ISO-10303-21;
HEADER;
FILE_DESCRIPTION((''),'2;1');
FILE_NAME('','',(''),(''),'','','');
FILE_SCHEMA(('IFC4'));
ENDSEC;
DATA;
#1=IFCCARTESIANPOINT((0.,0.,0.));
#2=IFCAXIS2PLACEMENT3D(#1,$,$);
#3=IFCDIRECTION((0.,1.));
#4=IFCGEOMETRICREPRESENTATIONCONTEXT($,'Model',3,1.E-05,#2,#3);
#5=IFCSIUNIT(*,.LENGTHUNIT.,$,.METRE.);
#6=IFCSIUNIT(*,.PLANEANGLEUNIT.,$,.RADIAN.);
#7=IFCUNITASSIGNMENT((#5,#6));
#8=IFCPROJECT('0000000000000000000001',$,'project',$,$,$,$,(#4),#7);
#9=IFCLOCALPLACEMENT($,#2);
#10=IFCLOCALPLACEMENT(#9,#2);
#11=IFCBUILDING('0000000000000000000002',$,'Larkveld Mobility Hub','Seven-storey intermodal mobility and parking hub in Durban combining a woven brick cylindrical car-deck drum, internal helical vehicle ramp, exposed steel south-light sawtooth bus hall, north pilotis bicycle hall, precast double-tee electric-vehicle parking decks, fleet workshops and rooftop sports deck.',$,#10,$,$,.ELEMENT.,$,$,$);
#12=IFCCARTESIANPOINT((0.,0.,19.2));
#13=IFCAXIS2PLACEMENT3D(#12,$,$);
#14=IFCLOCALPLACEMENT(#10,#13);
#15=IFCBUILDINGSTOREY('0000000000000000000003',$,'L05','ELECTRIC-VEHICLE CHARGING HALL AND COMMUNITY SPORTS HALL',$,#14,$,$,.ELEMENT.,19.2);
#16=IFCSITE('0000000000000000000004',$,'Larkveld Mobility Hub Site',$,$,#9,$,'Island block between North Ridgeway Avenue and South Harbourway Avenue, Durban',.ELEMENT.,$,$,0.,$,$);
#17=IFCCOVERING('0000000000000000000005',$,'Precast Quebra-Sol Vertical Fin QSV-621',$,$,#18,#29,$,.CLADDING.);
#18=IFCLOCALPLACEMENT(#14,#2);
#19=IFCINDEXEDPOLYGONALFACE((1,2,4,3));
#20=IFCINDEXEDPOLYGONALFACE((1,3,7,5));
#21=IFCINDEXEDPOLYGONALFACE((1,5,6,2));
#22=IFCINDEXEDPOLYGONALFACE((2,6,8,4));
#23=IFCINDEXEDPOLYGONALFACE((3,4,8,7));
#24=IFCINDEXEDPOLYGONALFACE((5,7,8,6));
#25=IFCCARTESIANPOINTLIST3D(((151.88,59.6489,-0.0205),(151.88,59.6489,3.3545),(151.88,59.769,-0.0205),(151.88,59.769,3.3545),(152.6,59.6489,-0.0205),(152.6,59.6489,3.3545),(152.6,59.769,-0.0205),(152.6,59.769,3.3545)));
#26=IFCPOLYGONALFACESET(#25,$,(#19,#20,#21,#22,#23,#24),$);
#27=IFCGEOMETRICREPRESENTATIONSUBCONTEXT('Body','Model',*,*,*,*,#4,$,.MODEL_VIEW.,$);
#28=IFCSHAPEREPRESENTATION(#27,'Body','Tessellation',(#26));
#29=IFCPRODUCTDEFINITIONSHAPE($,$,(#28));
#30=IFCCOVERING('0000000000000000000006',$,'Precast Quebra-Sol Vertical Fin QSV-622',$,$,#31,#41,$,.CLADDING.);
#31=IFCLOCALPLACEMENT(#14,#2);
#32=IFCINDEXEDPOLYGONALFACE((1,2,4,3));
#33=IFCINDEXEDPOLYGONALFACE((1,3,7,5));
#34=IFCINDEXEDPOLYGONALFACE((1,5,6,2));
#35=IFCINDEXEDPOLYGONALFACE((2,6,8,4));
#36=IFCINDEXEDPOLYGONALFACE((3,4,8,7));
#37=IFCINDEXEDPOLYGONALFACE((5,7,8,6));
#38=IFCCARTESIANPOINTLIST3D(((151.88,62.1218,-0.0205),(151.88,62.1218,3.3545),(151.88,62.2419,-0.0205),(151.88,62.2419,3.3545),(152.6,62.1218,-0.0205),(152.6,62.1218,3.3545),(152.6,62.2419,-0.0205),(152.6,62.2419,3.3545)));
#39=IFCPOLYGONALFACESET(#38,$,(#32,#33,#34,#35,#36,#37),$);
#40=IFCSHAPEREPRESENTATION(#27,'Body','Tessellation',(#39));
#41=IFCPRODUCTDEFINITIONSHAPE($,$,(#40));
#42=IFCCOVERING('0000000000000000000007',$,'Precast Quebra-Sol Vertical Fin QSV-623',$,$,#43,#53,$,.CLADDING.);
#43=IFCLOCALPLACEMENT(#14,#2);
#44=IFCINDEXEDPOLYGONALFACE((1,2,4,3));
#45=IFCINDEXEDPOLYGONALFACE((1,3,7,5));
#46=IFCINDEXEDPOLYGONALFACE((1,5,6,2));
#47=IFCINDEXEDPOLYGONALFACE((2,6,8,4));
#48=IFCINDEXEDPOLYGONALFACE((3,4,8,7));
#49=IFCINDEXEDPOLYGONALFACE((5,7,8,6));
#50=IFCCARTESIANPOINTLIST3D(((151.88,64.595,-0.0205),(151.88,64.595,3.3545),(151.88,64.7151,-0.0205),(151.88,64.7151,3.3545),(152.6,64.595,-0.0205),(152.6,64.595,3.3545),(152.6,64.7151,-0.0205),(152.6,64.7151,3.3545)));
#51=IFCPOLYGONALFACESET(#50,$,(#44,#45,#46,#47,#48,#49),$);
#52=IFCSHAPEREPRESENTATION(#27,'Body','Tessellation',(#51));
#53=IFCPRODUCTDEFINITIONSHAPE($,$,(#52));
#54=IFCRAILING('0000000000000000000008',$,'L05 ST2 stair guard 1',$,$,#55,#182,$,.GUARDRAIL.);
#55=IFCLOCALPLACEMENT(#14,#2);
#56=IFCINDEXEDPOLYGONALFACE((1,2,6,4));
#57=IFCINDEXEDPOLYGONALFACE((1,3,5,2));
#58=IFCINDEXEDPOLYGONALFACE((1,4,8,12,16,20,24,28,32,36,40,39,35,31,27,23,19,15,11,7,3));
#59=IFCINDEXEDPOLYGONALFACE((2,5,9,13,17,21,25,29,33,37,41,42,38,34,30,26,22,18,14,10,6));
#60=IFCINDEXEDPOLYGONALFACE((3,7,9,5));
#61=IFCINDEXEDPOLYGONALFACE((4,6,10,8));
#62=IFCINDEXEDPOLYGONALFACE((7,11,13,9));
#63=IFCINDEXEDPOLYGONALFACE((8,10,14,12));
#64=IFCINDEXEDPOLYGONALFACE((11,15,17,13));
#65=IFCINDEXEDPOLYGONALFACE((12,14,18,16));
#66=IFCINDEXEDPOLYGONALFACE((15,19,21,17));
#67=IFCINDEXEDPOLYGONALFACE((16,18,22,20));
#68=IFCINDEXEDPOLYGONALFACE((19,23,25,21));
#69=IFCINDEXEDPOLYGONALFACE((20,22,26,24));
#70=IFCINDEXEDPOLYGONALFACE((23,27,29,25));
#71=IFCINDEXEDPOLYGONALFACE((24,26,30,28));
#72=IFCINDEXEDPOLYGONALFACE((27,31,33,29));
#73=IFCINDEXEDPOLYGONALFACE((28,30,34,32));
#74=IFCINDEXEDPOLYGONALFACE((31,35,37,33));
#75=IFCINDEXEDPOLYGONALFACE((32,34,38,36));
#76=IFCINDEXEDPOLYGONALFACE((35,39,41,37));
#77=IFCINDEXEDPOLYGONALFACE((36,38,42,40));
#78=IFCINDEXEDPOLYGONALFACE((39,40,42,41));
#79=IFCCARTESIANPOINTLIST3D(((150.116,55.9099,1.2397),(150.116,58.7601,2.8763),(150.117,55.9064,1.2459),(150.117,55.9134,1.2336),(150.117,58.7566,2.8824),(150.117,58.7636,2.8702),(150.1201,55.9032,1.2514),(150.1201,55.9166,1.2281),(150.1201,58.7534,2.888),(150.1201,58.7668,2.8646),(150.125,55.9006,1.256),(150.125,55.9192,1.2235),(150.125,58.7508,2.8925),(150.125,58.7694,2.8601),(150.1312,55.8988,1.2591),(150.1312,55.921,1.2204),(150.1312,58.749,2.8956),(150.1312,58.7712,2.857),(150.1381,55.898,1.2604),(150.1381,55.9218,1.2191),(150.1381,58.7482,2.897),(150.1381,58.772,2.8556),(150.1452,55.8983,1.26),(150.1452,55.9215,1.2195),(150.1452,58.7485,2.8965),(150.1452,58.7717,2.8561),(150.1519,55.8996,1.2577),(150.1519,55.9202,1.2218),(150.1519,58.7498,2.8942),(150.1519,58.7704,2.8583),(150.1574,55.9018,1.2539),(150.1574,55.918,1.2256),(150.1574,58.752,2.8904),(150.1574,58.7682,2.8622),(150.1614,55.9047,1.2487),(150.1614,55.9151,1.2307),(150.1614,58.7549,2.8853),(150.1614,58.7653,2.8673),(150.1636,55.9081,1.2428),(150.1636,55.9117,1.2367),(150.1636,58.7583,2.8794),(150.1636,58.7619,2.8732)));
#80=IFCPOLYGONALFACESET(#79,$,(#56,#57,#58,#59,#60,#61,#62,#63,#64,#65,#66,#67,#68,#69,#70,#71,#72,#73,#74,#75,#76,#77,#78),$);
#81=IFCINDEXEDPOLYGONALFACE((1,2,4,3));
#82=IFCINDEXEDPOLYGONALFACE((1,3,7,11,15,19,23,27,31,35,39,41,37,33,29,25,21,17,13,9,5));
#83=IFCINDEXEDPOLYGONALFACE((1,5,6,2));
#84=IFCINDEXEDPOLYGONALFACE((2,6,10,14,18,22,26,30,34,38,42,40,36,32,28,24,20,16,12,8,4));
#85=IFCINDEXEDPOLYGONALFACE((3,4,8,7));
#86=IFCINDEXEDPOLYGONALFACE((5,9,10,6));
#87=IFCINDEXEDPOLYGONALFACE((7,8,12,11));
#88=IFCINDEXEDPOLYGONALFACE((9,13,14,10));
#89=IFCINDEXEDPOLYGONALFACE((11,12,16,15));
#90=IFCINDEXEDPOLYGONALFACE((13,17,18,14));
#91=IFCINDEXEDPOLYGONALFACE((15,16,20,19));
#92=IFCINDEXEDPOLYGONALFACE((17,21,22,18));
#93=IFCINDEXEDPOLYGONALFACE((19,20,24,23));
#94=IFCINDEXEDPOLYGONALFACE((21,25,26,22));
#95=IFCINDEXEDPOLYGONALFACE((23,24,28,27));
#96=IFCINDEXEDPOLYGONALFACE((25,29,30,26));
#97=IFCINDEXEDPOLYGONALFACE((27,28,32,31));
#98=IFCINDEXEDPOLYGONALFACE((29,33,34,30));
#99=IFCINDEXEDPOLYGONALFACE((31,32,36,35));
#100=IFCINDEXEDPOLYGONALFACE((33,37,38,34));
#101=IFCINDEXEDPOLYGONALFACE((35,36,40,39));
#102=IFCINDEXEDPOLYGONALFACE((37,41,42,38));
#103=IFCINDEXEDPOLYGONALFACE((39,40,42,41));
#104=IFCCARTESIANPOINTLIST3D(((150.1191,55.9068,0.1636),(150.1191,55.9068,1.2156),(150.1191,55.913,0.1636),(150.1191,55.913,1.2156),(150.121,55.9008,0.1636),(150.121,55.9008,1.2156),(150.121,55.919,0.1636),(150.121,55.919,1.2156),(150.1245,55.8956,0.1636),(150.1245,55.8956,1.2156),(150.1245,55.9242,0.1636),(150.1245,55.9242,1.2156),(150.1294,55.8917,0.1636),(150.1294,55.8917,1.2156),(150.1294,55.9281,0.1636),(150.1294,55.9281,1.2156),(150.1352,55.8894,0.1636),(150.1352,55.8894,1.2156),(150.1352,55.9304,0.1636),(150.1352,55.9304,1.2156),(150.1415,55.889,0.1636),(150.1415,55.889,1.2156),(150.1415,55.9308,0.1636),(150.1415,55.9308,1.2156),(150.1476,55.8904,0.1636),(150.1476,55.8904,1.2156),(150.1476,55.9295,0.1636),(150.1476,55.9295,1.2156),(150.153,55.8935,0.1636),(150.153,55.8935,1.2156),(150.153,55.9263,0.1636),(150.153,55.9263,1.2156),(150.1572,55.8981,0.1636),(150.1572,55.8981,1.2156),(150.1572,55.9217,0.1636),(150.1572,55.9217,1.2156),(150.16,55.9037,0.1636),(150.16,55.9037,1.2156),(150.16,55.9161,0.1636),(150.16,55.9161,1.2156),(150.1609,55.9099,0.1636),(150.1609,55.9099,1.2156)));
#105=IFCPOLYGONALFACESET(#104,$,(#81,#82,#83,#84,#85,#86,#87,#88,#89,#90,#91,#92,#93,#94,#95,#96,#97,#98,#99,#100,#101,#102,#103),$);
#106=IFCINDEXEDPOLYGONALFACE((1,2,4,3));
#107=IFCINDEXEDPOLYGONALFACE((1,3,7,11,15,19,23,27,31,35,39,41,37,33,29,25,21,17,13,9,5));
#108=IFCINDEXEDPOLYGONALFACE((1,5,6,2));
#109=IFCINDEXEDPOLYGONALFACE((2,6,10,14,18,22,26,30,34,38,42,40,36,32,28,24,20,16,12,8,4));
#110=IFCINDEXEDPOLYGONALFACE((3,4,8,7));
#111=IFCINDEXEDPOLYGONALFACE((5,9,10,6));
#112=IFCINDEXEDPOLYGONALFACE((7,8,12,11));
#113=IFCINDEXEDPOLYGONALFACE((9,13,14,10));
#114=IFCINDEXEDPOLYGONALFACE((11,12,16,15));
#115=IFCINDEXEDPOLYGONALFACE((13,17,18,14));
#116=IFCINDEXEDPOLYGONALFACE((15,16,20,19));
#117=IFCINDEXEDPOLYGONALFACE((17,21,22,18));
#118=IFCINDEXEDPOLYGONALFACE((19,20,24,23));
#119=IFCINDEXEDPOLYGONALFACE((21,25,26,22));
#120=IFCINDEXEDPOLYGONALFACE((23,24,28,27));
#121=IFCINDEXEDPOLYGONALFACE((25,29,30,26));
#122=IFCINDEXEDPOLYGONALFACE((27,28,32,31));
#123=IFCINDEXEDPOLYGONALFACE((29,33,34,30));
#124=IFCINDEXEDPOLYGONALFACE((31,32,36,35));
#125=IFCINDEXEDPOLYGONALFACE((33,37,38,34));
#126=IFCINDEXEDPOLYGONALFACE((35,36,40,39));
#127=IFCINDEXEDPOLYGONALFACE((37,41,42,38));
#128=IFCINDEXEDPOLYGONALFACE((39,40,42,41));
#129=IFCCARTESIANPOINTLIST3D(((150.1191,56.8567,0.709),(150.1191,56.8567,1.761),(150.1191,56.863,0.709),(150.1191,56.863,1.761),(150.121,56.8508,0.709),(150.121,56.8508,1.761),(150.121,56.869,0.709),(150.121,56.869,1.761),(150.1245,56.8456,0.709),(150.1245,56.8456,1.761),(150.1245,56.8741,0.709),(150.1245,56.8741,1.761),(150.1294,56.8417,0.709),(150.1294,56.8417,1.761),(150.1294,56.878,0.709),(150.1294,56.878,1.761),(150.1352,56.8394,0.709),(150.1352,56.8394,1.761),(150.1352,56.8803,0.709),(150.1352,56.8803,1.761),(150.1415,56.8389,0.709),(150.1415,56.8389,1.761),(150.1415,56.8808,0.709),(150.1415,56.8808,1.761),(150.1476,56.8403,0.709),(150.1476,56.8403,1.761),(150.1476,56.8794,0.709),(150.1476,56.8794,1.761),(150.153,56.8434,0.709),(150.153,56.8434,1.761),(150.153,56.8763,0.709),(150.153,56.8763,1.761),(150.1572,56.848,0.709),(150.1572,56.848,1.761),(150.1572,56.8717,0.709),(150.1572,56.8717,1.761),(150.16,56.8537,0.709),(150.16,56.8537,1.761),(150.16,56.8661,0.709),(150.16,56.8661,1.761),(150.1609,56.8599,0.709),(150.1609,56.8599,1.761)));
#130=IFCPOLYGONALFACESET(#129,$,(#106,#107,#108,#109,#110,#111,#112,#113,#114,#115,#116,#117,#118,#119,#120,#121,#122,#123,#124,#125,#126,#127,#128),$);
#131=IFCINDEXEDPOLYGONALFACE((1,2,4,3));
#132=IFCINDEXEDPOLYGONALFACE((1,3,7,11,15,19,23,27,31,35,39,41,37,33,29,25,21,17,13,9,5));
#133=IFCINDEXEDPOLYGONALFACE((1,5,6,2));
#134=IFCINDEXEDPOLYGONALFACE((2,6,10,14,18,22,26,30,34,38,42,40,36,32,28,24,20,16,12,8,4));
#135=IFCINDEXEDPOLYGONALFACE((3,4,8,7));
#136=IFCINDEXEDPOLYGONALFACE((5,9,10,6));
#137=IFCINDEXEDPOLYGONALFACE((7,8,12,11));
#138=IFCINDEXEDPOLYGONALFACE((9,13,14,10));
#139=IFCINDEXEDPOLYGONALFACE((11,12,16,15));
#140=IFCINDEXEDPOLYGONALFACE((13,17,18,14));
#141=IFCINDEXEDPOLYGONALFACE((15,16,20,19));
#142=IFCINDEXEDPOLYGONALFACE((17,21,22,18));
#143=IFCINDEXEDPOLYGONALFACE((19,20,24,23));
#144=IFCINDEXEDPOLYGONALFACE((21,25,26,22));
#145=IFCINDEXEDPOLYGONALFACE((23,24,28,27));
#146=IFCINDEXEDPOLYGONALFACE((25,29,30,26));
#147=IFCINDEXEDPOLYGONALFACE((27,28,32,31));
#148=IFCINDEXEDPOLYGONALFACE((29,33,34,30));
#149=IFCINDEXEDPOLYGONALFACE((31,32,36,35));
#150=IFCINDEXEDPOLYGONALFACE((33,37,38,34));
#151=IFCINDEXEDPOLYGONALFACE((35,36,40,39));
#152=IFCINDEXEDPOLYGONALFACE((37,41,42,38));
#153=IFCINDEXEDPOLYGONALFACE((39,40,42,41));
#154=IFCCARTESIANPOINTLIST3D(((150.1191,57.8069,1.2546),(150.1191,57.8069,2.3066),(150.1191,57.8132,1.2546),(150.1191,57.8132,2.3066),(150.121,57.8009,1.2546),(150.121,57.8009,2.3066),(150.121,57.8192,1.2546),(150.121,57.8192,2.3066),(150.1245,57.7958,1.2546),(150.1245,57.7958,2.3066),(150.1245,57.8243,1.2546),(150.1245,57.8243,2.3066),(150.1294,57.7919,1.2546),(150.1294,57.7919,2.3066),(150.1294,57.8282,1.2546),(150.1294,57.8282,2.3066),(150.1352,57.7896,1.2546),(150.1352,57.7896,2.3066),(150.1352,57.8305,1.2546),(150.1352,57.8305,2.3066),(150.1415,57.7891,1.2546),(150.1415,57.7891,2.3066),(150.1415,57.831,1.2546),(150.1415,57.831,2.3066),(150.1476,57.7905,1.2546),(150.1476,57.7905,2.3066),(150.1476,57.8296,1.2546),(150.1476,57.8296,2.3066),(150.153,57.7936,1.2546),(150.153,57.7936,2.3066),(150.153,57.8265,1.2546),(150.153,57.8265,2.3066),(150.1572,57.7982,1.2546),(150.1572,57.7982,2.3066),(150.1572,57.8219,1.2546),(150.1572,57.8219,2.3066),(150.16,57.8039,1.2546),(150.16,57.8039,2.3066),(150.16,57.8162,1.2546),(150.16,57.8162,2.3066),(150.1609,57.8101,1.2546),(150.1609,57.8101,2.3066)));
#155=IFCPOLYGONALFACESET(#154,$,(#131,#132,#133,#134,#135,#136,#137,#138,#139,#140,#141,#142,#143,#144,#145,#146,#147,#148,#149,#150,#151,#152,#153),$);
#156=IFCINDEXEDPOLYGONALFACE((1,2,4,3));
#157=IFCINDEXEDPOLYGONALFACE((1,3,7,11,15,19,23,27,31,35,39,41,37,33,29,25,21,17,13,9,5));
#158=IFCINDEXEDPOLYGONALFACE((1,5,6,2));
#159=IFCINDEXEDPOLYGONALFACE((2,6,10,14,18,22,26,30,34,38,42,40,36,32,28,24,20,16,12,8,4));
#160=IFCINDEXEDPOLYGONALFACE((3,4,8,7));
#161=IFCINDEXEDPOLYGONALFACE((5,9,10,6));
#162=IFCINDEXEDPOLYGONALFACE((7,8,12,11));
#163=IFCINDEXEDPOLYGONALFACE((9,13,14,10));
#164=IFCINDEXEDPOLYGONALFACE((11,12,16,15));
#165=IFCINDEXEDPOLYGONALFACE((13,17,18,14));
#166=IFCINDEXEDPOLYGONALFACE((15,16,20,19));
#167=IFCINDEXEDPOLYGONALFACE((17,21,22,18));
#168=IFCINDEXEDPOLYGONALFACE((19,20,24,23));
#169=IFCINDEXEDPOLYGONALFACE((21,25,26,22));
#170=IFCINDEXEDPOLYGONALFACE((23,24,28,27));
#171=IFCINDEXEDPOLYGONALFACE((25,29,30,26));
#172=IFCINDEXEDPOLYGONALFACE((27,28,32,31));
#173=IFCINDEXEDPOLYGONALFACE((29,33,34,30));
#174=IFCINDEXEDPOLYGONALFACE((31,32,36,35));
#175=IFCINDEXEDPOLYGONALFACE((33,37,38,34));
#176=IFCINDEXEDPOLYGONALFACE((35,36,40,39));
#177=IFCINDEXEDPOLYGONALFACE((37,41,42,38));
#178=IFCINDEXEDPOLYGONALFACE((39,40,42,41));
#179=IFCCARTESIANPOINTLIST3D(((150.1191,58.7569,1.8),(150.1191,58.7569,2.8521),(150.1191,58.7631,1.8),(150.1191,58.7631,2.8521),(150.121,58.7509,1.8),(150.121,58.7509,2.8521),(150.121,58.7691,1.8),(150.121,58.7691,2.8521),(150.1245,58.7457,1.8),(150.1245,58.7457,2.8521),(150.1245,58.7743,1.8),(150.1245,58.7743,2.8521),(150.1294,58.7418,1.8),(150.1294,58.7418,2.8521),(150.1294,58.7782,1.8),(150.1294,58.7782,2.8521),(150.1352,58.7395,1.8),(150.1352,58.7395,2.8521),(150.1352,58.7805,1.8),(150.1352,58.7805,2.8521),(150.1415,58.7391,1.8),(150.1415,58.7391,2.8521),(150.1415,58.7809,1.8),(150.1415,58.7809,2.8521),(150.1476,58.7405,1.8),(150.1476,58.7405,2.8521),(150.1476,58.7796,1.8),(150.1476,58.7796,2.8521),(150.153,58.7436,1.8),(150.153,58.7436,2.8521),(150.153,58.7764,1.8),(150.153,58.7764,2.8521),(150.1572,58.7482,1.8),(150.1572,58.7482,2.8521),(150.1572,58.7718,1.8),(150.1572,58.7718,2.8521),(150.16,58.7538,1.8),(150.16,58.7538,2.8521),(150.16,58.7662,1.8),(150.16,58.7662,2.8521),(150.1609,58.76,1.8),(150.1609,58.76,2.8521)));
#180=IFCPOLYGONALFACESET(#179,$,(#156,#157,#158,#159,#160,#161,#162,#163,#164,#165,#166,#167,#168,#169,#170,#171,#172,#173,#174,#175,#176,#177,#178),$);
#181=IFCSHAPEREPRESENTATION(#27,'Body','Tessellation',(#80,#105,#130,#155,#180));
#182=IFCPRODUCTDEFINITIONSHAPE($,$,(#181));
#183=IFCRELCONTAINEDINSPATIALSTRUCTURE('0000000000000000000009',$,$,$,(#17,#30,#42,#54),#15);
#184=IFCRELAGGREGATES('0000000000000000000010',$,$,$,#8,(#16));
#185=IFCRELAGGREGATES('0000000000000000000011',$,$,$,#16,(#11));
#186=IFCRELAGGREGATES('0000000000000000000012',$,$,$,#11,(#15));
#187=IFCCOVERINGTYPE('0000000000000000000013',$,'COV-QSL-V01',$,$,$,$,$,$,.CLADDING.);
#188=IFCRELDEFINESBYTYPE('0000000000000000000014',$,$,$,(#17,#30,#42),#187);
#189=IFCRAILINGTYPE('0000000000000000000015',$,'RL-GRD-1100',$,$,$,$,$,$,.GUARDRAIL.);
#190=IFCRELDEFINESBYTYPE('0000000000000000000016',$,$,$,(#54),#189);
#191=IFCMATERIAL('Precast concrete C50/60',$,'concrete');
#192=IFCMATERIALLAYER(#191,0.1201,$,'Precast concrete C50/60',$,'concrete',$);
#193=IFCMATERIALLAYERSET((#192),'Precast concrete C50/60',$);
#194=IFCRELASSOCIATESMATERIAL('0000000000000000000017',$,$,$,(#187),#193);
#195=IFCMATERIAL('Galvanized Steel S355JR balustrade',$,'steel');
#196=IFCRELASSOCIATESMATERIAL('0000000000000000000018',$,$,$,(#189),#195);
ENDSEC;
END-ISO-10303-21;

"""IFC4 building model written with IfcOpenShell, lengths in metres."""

from ifc_helpers import new_model, si_unit, direction, frame, origin, origin_2d, place, context, subcontext, project, spatial, rectangle, circle, extrude, material, layer, layer_set, type_object, element, save


model = new_model("IFC4")

# Units and contexts
model_context = context("Model", 3, precision=1e-05, world=origin(), true_north=direction((0.0, 1.0)))
body_context = subcontext(model_context, "Body", "Model", "MODEL_VIEW")
ifc_project = project(units=[si_unit("LENGTHUNIT", "METRE"), si_unit("PLANEANGLEUNIT", "RADIAN")], contexts=[model_context])

# Site, building, storey
site_placement = place(None, origin())
site = spatial("IfcSite", under=ifc_project, at=site_placement, Name="Larkveld Mobility Hub Site", LongName="Island block between North Ridgeway Avenue and South Harbourway Avenue, Durban", CompositionType="ELEMENT", RefElevation=0.0)
building_placement = place(site_placement, origin())
building = spatial("IfcBuilding", under=site, at=building_placement, Name="Larkveld Mobility Hub", Description="Seven-storey intermodal mobility and parking hub in Durban combining a woven brick cylindrical car-deck drum, internal helical vehicle ramp, exposed steel south-light sawtooth bus hall, north pilotis bicycle hall, precast double-tee electric-vehicle parking decks, fleet workshops and rooftop sports deck.", CompositionType="ELEMENT")
storey_placement = place(building_placement, frame((0.0, 0.0, 19.2)))
storey = spatial("IfcBuildingStorey", under=building, at=storey_placement, Name="L05", Description="ELECTRIC-VEHICLE CHARGING HALL AND COMMUNITY SPORTS HALL", CompositionType="ELEMENT", Elevation=19.2)

# Coverings
ifc_material_1 = material(Name="Precast concrete C50/60", Category="concrete")
ifc_layer_1 = layer(ifc_material_1, 0.1201, Name="Precast concrete C50/60", Category="concrete")
ifc_layer_set_1 = layer_set([ifc_layer_1], Name="Precast concrete C50/60")
covering_type_1 = type_object("IfcCoveringType", Name="COV-QSL-V01", PredefinedType="CLADDING", material=ifc_layer_set_1)
for number, where, z_axis, x_axis, name in (
    (1, (152.24, 59.709, -0.0205), (0.0, 0.0, 1.0), (0.0, 1.0, 0.0), "Precast Quebra-Sol Vertical Fin QSV-621"),
    (2, (152.24, 62.1819, -0.0205), (0.0, 0.0, 1.0), (0.0, 1.0, 0.0), "Precast Quebra-Sol Vertical Fin QSV-622"),
    (3, (152.24, 64.655, -0.0205), (0.0, 0.0, 1.0), (0.0, 1.0, 0.0), "Precast Quebra-Sol Vertical Fin QSV-623"),
):
    element("IfcCovering", number, at=place(storey_placement, frame(where, z_axis=z_axis, x_axis=x_axis)), inside=storey, type_object=covering_type_1, Name=name, PredefinedType="CLADDING", context=body_context, shape_type="SweptSolid", body=[
        extrude(rectangle(XDim=0.1201, YDim=0.72, at=origin_2d()), origin(), (0.0, 0.0, 1.0), 3.375),
    ])

# Railing
ifc_material_2 = material(Name="Galvanized Steel S355JR balustrade", Category="steel")
railing_type_1 = type_object("IfcRailingType", Name="RL-GRD-1100", PredefinedType="GUARDRAIL", material=ifc_material_2)
railing_1_placement = place(storey_placement, frame((150.1399, 55.9099, 0.1636)))
element("IfcRailing", 4, at=railing_1_placement, inside=storey, type_object=railing_type_1, Name="L05 ST2 stair guard 1", PredefinedType="GUARDRAIL", context=body_context, shape_type="SweptSolid", body=[
    extrude(circle(Radius=0.0239, at=origin_2d()), frame((0.0, 0.0, 1.0762), z_axis=(0.0, 0.867213, 0.497938), x_axis=(-1.0, 0.0, 0.0)), (0.0, 0.0, 1.0), 3.2866),
    extrude(circle(Radius=0.021, at=origin_2d()), origin(), (0.0, 0.0, 1.0), 1.052),
    extrude(circle(Radius=0.021, at=origin_2d()), frame((0.0, 0.95, 0.5454)), (0.0, 0.0, 1.0), 1.052),
    extrude(circle(Radius=0.021, at=origin_2d()), frame((0.0, 1.9001, 1.0911)), (0.0, 0.0, 1.0), 1.052),
    extrude(circle(Radius=0.021, at=origin_2d()), frame((0.0, 2.8501, 1.6365)), (0.0, 0.0, 1.0), 1.052),
])

save(model, "model.ifc")
